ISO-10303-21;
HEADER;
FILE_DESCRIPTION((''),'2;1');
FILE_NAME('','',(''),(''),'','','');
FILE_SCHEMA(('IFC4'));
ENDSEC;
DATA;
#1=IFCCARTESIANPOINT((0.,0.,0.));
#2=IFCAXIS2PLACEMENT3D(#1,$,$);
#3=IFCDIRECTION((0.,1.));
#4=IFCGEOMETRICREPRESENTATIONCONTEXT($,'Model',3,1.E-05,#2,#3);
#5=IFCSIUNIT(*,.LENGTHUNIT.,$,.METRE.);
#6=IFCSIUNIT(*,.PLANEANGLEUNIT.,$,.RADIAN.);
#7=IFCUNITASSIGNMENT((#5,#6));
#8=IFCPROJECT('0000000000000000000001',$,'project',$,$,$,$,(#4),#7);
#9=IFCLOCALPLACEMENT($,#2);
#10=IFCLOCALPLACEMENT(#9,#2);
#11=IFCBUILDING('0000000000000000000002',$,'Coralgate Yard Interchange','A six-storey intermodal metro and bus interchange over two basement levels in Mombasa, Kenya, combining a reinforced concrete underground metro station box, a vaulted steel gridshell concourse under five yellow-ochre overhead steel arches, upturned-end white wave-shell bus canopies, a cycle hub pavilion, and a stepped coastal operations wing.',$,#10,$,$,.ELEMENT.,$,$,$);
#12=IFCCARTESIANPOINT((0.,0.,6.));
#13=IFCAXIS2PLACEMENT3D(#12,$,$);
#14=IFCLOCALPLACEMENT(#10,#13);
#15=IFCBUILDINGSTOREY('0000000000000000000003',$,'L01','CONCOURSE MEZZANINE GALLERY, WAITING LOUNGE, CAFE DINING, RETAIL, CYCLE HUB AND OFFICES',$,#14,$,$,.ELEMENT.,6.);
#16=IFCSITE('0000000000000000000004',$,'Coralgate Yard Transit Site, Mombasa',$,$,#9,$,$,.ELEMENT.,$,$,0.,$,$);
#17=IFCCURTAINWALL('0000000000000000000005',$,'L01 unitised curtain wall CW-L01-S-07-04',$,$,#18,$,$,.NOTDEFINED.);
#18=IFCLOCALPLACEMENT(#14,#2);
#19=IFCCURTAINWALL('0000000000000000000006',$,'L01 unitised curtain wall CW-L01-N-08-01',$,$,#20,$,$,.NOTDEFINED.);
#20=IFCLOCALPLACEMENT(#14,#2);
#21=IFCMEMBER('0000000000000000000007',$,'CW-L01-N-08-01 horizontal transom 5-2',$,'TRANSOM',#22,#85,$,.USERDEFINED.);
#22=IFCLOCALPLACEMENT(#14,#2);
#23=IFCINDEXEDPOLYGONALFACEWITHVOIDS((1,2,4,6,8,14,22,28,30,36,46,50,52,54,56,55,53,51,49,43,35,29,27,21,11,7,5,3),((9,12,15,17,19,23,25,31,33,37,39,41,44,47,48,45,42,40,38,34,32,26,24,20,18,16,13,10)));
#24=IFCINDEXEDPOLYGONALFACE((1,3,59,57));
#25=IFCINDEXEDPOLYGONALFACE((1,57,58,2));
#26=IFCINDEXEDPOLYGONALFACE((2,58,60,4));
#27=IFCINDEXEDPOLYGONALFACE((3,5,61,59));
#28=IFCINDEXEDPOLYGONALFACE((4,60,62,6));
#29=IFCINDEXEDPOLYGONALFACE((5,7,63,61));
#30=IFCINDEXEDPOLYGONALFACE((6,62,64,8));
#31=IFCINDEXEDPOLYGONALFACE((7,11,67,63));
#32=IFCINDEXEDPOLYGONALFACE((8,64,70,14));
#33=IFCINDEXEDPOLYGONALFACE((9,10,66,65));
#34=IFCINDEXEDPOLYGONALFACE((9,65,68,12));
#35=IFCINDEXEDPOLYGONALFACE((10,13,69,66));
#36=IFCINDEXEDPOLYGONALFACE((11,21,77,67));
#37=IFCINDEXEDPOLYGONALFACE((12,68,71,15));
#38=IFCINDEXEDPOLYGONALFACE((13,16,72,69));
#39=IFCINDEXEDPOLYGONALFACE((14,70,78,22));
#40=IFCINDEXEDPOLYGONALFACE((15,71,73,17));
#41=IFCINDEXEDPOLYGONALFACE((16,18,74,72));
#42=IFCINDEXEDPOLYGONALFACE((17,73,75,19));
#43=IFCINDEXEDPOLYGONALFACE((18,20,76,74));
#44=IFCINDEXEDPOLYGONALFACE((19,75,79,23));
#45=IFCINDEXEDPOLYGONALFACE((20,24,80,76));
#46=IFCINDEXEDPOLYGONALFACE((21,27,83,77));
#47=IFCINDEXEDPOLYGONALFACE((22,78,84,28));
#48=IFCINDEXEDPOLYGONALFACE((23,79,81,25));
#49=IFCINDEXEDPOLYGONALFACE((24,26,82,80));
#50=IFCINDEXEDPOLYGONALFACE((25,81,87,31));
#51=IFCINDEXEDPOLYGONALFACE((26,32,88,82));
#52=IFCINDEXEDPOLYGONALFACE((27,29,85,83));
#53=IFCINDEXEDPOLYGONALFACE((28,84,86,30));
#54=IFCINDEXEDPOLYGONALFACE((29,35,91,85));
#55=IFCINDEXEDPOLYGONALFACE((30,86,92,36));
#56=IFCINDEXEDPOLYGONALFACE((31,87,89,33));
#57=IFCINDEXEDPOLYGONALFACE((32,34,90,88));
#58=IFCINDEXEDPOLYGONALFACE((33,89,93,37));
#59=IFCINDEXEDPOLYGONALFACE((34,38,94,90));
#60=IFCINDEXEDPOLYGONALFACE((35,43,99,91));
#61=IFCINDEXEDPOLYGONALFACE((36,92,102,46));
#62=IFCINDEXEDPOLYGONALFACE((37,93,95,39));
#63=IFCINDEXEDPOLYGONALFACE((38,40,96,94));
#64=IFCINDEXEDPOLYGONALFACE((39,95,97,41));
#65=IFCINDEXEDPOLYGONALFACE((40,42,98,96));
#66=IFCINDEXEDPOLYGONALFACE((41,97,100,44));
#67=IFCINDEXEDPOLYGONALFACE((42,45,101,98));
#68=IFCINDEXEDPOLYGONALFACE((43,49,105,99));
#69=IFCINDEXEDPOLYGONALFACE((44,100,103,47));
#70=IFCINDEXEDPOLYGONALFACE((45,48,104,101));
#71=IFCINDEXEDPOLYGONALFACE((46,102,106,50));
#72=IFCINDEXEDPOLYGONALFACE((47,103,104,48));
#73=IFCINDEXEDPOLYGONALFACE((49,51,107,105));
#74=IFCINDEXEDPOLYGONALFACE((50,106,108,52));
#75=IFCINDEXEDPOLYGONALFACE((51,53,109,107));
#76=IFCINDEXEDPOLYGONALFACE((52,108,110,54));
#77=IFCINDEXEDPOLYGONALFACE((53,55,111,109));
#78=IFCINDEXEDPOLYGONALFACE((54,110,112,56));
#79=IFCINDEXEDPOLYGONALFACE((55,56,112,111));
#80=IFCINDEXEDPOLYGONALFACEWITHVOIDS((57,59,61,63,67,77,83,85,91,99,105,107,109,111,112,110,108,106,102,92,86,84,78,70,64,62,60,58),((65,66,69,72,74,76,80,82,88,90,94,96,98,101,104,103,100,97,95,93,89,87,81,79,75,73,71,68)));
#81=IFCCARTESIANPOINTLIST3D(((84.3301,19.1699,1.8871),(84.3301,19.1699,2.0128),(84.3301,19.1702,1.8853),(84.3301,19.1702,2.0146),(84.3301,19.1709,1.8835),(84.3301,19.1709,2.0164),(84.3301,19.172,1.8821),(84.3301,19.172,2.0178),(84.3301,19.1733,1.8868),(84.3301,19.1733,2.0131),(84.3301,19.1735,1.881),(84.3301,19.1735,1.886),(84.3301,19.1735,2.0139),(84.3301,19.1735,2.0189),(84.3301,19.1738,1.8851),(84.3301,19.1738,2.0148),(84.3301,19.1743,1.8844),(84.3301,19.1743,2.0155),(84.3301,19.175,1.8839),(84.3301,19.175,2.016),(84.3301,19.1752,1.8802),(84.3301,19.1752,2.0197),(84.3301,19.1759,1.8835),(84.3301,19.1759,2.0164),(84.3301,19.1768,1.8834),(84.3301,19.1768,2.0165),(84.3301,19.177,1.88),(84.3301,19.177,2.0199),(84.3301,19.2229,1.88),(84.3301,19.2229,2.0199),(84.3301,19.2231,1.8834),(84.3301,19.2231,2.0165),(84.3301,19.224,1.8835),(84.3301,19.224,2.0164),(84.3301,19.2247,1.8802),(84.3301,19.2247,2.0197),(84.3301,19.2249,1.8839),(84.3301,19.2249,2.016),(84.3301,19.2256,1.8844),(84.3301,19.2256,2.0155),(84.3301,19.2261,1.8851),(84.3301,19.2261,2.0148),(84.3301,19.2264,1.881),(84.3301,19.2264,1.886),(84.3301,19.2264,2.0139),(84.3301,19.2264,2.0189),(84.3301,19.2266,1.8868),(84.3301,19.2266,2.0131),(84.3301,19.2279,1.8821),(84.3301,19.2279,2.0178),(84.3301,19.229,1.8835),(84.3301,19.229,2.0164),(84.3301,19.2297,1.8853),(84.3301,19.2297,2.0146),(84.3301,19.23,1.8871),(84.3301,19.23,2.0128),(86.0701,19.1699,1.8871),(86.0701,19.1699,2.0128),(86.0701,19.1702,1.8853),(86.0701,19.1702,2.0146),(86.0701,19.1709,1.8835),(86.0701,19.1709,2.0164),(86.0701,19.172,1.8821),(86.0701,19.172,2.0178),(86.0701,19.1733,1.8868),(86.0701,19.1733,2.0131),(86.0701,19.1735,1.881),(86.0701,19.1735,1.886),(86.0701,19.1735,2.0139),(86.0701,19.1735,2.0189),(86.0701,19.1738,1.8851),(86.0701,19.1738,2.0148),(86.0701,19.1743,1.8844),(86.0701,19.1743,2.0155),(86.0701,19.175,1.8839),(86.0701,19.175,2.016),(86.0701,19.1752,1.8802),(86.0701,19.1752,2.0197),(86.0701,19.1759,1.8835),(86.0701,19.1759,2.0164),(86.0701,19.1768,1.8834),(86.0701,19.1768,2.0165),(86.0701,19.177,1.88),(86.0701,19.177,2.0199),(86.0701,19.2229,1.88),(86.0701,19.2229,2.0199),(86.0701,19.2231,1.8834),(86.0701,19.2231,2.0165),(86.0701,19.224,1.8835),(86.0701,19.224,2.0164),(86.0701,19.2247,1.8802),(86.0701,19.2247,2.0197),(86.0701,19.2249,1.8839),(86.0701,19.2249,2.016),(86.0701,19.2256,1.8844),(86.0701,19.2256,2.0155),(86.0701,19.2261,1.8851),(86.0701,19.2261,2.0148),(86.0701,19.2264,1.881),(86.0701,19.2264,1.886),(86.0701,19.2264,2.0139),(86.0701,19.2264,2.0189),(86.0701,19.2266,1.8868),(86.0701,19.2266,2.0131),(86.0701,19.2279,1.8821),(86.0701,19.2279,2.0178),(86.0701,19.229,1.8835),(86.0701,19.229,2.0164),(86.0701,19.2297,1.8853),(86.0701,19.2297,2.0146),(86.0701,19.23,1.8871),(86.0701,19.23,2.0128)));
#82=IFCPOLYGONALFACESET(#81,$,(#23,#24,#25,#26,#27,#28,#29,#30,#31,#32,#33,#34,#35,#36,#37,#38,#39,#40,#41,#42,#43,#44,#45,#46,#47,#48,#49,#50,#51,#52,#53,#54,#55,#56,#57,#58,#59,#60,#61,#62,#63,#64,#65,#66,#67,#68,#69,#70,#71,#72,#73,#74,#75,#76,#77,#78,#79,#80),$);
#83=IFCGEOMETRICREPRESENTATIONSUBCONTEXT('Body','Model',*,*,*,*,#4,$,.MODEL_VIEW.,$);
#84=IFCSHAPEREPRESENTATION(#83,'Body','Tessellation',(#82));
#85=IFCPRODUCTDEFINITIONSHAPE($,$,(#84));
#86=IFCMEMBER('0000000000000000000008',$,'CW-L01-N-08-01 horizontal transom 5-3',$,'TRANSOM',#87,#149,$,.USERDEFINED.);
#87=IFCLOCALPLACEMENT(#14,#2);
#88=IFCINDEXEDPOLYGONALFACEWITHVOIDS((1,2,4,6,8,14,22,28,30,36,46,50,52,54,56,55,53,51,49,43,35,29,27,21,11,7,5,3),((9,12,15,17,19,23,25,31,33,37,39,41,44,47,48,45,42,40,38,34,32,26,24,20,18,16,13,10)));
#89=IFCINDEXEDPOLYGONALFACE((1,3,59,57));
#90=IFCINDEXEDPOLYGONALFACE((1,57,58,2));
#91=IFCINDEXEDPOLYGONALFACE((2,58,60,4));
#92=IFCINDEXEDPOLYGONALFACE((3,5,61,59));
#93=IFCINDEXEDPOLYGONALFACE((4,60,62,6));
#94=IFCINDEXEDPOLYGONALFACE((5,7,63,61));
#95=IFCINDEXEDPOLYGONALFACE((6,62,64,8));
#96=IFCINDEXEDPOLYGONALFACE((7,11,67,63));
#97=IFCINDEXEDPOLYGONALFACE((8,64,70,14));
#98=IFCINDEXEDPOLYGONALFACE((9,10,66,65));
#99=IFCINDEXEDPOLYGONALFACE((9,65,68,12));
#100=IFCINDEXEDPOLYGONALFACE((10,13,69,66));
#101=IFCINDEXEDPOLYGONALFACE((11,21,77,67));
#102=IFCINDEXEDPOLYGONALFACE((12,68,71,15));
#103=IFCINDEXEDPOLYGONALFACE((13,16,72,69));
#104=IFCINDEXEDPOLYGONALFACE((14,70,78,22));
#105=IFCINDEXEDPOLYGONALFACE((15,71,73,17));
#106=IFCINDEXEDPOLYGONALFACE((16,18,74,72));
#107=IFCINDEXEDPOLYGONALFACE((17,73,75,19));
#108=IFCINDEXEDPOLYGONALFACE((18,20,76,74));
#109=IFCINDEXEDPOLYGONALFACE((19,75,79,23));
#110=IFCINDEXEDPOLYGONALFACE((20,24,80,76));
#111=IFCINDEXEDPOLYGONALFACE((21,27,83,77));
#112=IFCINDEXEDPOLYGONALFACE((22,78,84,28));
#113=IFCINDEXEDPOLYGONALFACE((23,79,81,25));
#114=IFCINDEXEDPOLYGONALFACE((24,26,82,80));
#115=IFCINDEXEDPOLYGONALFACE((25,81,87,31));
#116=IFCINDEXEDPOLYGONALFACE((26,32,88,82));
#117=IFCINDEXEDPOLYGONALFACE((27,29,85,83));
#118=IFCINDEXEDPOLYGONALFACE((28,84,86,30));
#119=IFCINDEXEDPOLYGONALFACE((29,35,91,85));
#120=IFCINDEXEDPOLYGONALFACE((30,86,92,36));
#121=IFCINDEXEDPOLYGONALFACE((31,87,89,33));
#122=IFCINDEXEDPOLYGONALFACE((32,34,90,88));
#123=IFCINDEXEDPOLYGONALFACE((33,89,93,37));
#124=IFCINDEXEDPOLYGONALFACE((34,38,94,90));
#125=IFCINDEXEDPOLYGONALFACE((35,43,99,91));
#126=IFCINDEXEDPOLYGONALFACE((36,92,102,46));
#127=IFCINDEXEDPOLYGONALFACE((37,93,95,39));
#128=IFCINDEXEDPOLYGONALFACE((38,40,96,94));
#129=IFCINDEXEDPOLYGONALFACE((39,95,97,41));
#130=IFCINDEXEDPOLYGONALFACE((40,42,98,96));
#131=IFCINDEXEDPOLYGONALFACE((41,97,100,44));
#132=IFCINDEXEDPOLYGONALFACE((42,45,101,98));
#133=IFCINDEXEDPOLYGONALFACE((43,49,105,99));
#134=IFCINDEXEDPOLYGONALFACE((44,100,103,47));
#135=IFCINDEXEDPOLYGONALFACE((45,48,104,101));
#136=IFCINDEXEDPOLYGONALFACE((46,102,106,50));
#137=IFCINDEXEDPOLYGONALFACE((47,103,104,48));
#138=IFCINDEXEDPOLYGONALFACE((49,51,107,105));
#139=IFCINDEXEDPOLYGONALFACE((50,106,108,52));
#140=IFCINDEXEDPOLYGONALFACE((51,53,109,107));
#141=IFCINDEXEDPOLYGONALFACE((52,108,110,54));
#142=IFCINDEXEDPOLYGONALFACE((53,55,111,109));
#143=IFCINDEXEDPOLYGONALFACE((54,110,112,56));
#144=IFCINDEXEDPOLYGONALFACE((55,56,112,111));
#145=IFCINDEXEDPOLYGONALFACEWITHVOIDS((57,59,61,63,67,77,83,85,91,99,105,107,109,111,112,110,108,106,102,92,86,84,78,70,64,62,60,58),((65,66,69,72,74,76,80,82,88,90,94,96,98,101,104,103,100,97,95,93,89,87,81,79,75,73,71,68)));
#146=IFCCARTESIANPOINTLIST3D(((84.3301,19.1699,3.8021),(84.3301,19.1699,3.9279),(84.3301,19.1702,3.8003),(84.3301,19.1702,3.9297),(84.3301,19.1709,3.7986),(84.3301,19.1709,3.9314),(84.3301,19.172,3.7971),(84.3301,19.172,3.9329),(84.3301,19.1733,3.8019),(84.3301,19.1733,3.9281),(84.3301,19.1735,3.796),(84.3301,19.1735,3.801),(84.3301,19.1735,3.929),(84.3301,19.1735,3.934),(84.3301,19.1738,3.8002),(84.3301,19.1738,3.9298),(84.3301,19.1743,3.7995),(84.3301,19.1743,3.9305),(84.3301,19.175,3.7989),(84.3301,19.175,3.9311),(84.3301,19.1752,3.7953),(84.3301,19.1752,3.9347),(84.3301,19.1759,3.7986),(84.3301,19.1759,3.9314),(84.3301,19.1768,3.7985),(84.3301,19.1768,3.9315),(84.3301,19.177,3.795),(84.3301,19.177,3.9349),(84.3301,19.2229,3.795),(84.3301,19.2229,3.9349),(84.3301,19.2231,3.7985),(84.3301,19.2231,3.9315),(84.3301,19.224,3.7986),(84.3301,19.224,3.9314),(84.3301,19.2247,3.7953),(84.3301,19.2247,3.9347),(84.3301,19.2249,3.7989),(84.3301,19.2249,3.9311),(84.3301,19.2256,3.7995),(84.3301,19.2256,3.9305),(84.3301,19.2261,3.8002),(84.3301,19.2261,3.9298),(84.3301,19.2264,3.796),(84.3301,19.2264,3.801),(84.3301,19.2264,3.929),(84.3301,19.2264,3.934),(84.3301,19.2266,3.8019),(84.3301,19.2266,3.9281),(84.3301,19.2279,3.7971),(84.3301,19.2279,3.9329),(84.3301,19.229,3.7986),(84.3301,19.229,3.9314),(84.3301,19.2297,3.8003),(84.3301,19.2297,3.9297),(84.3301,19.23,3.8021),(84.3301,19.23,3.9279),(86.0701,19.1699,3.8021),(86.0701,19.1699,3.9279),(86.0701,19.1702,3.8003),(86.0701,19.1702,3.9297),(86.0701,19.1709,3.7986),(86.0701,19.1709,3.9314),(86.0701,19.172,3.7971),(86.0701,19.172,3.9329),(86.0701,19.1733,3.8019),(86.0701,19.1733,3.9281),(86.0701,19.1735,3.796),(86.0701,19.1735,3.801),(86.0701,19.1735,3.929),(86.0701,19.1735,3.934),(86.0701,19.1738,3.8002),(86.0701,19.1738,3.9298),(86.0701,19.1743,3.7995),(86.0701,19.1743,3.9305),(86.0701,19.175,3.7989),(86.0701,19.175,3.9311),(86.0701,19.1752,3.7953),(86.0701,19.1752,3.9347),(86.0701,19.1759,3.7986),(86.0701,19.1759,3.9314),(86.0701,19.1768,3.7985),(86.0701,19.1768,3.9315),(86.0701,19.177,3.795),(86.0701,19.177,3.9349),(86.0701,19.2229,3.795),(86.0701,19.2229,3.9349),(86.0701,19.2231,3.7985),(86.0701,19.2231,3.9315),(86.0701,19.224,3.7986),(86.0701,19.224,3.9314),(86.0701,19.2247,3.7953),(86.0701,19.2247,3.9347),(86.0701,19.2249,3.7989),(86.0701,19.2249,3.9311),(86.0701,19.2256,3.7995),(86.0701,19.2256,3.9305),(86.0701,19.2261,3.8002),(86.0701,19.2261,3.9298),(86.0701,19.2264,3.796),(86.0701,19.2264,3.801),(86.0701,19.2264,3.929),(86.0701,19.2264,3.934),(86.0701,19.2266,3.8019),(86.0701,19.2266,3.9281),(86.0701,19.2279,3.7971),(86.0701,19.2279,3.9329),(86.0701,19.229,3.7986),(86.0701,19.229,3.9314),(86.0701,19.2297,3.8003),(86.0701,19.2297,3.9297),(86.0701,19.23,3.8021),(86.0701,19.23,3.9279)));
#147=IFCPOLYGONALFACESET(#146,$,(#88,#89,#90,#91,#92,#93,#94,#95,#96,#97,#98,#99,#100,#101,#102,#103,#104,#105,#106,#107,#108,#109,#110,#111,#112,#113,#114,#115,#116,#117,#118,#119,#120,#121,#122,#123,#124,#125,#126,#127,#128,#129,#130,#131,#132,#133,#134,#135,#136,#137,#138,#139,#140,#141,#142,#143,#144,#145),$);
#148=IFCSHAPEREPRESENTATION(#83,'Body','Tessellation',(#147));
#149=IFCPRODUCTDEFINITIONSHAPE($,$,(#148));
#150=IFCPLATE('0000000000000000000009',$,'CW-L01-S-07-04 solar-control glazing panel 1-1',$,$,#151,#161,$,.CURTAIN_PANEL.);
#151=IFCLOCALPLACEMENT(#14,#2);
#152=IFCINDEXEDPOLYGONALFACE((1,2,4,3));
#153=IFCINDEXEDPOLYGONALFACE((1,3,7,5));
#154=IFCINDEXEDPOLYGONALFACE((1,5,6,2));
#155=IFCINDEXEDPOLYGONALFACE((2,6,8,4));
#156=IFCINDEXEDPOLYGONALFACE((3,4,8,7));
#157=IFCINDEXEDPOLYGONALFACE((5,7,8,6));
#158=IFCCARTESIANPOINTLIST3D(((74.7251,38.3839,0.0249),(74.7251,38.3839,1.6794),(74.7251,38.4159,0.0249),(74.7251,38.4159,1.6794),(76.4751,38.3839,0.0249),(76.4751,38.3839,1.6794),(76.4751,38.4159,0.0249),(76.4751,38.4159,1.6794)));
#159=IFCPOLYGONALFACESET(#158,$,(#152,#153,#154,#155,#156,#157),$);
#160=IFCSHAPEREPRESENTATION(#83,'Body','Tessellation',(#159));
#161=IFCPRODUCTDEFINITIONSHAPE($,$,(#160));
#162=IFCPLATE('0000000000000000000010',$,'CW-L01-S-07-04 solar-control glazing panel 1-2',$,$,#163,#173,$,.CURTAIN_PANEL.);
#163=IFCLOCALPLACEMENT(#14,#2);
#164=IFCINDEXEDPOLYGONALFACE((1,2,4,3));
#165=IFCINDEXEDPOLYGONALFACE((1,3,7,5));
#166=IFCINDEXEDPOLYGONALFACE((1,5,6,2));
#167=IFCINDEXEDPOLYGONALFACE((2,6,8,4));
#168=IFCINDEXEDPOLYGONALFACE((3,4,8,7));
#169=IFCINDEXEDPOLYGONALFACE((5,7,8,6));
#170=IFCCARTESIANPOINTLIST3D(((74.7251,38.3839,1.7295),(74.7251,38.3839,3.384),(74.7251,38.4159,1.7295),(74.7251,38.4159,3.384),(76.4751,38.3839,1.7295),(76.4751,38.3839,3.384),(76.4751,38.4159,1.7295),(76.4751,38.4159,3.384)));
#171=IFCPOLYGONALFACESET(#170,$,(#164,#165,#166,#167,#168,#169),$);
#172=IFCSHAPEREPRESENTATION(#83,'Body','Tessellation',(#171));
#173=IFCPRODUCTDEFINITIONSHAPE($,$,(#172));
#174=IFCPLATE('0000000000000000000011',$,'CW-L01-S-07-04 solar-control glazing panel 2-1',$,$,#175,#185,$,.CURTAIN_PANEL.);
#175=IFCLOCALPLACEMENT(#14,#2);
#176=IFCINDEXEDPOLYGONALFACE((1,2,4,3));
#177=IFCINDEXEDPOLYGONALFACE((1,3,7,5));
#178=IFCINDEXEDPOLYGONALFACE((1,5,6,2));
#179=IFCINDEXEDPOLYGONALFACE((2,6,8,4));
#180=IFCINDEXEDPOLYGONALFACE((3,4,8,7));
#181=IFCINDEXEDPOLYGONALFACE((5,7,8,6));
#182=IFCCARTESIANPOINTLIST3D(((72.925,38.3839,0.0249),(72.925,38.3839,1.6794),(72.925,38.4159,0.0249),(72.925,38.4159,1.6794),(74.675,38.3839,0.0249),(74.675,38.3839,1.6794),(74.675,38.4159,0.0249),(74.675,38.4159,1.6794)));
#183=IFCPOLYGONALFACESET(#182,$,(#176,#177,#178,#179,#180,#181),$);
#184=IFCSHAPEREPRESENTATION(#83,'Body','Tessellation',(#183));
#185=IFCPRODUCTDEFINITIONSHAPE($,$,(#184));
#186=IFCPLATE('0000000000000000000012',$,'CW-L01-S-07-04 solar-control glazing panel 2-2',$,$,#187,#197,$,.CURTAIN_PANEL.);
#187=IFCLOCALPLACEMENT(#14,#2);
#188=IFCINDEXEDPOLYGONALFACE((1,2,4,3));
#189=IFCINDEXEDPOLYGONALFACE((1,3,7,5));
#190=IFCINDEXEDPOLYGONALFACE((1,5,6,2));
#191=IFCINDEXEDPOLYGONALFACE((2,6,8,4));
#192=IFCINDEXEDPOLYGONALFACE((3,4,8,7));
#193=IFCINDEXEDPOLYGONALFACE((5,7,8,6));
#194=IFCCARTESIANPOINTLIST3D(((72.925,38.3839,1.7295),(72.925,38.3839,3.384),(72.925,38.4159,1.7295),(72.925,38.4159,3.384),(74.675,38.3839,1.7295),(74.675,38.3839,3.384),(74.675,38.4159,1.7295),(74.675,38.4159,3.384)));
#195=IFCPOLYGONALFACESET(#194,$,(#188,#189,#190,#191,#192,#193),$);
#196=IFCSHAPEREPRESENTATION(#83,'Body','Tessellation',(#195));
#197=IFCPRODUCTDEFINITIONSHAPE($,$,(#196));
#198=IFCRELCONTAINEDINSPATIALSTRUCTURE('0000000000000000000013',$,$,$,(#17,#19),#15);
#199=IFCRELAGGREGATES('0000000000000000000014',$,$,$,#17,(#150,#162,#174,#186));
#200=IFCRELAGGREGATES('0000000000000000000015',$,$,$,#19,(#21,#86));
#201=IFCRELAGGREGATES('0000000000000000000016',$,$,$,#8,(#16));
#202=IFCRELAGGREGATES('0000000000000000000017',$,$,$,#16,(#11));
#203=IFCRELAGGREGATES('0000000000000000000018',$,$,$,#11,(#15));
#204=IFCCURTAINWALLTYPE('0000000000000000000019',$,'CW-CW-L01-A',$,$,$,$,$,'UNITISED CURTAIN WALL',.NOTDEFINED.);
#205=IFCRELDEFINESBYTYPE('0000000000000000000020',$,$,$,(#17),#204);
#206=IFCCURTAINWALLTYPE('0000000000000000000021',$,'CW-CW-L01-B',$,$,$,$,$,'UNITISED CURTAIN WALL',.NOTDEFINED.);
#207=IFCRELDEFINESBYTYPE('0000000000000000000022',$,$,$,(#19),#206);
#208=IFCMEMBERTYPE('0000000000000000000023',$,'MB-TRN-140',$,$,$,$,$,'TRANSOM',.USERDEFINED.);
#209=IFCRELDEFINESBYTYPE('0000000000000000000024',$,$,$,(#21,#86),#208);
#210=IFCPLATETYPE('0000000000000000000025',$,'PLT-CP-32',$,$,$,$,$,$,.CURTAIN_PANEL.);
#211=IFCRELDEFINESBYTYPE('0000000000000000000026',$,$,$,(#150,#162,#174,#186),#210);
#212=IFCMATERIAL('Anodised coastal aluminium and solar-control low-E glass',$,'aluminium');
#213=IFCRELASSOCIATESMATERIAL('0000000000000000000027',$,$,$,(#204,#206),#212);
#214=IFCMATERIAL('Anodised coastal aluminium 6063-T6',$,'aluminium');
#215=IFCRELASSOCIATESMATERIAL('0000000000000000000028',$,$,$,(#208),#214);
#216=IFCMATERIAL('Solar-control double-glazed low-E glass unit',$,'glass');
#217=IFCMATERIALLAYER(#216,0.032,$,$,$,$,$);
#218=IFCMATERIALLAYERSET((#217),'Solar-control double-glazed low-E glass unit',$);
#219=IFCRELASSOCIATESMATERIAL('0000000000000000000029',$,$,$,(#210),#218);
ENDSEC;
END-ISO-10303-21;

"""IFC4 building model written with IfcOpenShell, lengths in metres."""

from ifc_helpers import new_model, si_unit, direction, frame, origin, origin_2d, place, context, subcontext, project, spatial, rectangle, hollow_rectangle, extrude, material, layer, layer_set, material_profile, profile_set, type_object, element, aggregate, save


model = new_model("IFC4")

# Units and contexts
model_context = context("Model", 3, precision=1e-05, world=origin(), true_north=direction((0.0, 1.0)))
body_context = subcontext(model_context, "Body", "Model", "MODEL_VIEW")
ifc_project = project(units=[si_unit("LENGTHUNIT", "METRE"), si_unit("PLANEANGLEUNIT", "RADIAN")], contexts=[model_context])

# Site, building, storey
site_placement = place(None, origin())
site = spatial("IfcSite", under=ifc_project, at=site_placement, Name="Coralgate Yard Transit Site, Mombasa", CompositionType="ELEMENT", RefElevation=0.0)
building_placement = place(site_placement, origin())
building = spatial("IfcBuilding", under=site, at=building_placement, Name="Coralgate Yard Interchange", Description="A six-storey intermodal metro and bus interchange over two basement levels in Mombasa, Kenya, combining a reinforced concrete underground metro station box, a vaulted steel gridshell concourse under five yellow-ochre overhead steel arches, upturned-end white wave-shell bus canopies, a cycle hub pavilion, and a stepped coastal operations wing.", CompositionType="ELEMENT")
storey_placement = place(building_placement, frame((0.0, 0.0, 6.0)))
storey = spatial("IfcBuildingStorey", under=building, at=storey_placement, Name="L01", Description="CONCOURSE MEZZANINE GALLERY, WAITING LOUNGE, CAFE DINING, RETAIL, CYCLE HUB AND OFFICES", CompositionType="ELEMENT", Elevation=6.0)

# Curtain wall
ifc_material_1 = material(Name="Anodised coastal aluminium and solar-control low-E glass", Category="aluminium")
curtain_wall_type_1 = type_object("IfcCurtainWallType", Name="CW-CW-L01-A", ElementType="UNITISED CURTAIN WALL", PredefinedType="NOTDEFINED", material=ifc_material_1)
curtain_wall_1_placement = place(storey_placement, origin())
curtain_wall_1 = element("IfcCurtainWall", 1, at=curtain_wall_1_placement, inside=storey, type_object=curtain_wall_type_1, Name="L01 unitised curtain wall CW-L01-S-07-04", PredefinedType="NOTDEFINED")
ifc_material_2 = material(Name="Anodised coastal aluminium 6063-T6", Category="aluminium")

# Curtain wall
curtain_wall_type_2 = type_object("IfcCurtainWallType", Name="CW-CW-L01-B", ElementType="UNITISED CURTAIN WALL", PredefinedType="NOTDEFINED", material=ifc_material_1)
curtain_wall_2_placement = place(storey_placement, origin())
curtain_wall_2 = element("IfcCurtainWall", 2, at=curtain_wall_2_placement, inside=storey, type_object=curtain_wall_type_2, Name="L01 unitised curtain wall CW-L01-N-08-01", PredefinedType="NOTDEFINED")

# Members
ifc_material_profile_1 = material_profile(ifc_material_2, hollow_rectangle(XDim=0.0601, YDim=0.1399, WallThickness=0.0034, InnerFilletRadius=0.0034, OuterFilletRadius=0.0071, at=origin_2d()), Name="ALU 60x140x3.5")
ifc_profile_set_1 = profile_set([ifc_material_profile_1], Name="Anodised coastal aluminium 6063-T6")
member_type_1 = type_object("IfcMemberType", Name="MB-TRN-140", ElementType="TRANSOM", PredefinedType="USERDEFINED", material=ifc_profile_set_1)
member_1_placement = place(storey_placement, frame((84.3301, 19.2, 1.95), z_axis=(1.0, 0.0, 0.0), x_axis=(0.0, 1.0, 0.0)))
member_1 = element("IfcMember", 3, at=member_1_placement, type_object=member_type_1, Name="CW-L01-N-08-01 horizontal transom 5-2", ObjectType="TRANSOM", PredefinedType="USERDEFINED", context=body_context, shape_type="SweptSolid", body=[
    extrude(hollow_rectangle(XDim=0.0601, YDim=0.1399, WallThickness=0.0034, InnerFilletRadius=0.0034, OuterFilletRadius=0.0071, at=origin_2d()), origin(), (0.0, 0.0, 1.0), 1.74),
])
member_2_placement = place(storey_placement, frame((84.3301, 19.2, 3.865), z_axis=(1.0, 0.0, 0.0), x_axis=(0.0, 1.0, 0.0)))
member_2 = element("IfcMember", 4, at=member_2_placement, type_object=member_type_1, Name="CW-L01-N-08-01 horizontal transom 5-3", ObjectType="TRANSOM", PredefinedType="USERDEFINED", context=body_context, shape_type="SweptSolid", body=[
    extrude(hollow_rectangle(XDim=0.0601, YDim=0.1399, WallThickness=0.0034, InnerFilletRadius=0.0034, OuterFilletRadius=0.0071, at=origin_2d()), origin(), (0.0, 0.0, 1.0), 1.74),
])

# Plates
ifc_material_3 = material(Name="Solar-control double-glazed low-E glass unit", Category="glass")
ifc_layer = layer(ifc_material_3, 0.032)
ifc_layer_set = layer_set([ifc_layer], Name="Solar-control double-glazed low-E glass unit")
plate_type = type_object("IfcPlateType", Name="PLT-CP-32", PredefinedType="CURTAIN_PANEL", material=ifc_layer_set)
plate_1_placement = place(storey_placement, frame((75.6001, 38.3999, 0.0249), z_axis=(0.0, 0.0, 1.0), x_axis=(-1.0, 0.0, 0.0)))
plate_1 = element("IfcPlate", 5, at=plate_1_placement, type_object=plate_type, Name="CW-L01-S-07-04 solar-control glazing panel 1-1", PredefinedType="CURTAIN_PANEL", context=body_context, shape_type="SweptSolid", body=[
    extrude(rectangle(XDim=1.75, YDim=0.032, at=origin_2d()), origin(), (0.0, 0.0, 1.0), 1.6545),
])
plate_2_placement = place(storey_placement, frame((75.6001, 38.3999, 1.7295), z_axis=(0.0, 0.0, 1.0), x_axis=(-1.0, 0.0, 0.0)))
plate_2 = element("IfcPlate", 6, at=plate_2_placement, type_object=plate_type, Name="CW-L01-S-07-04 solar-control glazing panel 1-2", PredefinedType="CURTAIN_PANEL", context=body_context, shape_type="SweptSolid", body=[
    extrude(rectangle(XDim=1.75, YDim=0.032, at=origin_2d()), origin(), (0.0, 0.0, 1.0), 1.6545),
])
plate_3_placement = place(storey_placement, frame((73.8, 38.3999, 0.0249), z_axis=(0.0, 0.0, 1.0), x_axis=(-1.0, 0.0, 0.0)))
plate_3 = element("IfcPlate", 7, at=plate_3_placement, type_object=plate_type, Name="CW-L01-S-07-04 solar-control glazing panel 2-1", PredefinedType="CURTAIN_PANEL", context=body_context, shape_type="SweptSolid", body=[
    extrude(rectangle(XDim=1.75, YDim=0.032, at=origin_2d()), origin(), (0.0, 0.0, 1.0), 1.6545),
])
plate_4_placement = place(storey_placement, frame((73.8, 38.3999, 1.7295), z_axis=(0.0, 0.0, 1.0), x_axis=(-1.0, 0.0, 0.0)))
plate_4 = element("IfcPlate", 8, at=plate_4_placement, type_object=plate_type, Name="CW-L01-S-07-04 solar-control glazing panel 2-2", PredefinedType="CURTAIN_PANEL", context=body_context, shape_type="SweptSolid", body=[
    extrude(rectangle(XDim=1.75, YDim=0.032, at=origin_2d()), origin(), (0.0, 0.0, 1.0), 1.6545),
])
aggregate(curtain_wall_1, [plate_1, plate_2, plate_3, plate_4])
aggregate(curtain_wall_2, [member_1, member_2])

save(model, "model.ifc")
